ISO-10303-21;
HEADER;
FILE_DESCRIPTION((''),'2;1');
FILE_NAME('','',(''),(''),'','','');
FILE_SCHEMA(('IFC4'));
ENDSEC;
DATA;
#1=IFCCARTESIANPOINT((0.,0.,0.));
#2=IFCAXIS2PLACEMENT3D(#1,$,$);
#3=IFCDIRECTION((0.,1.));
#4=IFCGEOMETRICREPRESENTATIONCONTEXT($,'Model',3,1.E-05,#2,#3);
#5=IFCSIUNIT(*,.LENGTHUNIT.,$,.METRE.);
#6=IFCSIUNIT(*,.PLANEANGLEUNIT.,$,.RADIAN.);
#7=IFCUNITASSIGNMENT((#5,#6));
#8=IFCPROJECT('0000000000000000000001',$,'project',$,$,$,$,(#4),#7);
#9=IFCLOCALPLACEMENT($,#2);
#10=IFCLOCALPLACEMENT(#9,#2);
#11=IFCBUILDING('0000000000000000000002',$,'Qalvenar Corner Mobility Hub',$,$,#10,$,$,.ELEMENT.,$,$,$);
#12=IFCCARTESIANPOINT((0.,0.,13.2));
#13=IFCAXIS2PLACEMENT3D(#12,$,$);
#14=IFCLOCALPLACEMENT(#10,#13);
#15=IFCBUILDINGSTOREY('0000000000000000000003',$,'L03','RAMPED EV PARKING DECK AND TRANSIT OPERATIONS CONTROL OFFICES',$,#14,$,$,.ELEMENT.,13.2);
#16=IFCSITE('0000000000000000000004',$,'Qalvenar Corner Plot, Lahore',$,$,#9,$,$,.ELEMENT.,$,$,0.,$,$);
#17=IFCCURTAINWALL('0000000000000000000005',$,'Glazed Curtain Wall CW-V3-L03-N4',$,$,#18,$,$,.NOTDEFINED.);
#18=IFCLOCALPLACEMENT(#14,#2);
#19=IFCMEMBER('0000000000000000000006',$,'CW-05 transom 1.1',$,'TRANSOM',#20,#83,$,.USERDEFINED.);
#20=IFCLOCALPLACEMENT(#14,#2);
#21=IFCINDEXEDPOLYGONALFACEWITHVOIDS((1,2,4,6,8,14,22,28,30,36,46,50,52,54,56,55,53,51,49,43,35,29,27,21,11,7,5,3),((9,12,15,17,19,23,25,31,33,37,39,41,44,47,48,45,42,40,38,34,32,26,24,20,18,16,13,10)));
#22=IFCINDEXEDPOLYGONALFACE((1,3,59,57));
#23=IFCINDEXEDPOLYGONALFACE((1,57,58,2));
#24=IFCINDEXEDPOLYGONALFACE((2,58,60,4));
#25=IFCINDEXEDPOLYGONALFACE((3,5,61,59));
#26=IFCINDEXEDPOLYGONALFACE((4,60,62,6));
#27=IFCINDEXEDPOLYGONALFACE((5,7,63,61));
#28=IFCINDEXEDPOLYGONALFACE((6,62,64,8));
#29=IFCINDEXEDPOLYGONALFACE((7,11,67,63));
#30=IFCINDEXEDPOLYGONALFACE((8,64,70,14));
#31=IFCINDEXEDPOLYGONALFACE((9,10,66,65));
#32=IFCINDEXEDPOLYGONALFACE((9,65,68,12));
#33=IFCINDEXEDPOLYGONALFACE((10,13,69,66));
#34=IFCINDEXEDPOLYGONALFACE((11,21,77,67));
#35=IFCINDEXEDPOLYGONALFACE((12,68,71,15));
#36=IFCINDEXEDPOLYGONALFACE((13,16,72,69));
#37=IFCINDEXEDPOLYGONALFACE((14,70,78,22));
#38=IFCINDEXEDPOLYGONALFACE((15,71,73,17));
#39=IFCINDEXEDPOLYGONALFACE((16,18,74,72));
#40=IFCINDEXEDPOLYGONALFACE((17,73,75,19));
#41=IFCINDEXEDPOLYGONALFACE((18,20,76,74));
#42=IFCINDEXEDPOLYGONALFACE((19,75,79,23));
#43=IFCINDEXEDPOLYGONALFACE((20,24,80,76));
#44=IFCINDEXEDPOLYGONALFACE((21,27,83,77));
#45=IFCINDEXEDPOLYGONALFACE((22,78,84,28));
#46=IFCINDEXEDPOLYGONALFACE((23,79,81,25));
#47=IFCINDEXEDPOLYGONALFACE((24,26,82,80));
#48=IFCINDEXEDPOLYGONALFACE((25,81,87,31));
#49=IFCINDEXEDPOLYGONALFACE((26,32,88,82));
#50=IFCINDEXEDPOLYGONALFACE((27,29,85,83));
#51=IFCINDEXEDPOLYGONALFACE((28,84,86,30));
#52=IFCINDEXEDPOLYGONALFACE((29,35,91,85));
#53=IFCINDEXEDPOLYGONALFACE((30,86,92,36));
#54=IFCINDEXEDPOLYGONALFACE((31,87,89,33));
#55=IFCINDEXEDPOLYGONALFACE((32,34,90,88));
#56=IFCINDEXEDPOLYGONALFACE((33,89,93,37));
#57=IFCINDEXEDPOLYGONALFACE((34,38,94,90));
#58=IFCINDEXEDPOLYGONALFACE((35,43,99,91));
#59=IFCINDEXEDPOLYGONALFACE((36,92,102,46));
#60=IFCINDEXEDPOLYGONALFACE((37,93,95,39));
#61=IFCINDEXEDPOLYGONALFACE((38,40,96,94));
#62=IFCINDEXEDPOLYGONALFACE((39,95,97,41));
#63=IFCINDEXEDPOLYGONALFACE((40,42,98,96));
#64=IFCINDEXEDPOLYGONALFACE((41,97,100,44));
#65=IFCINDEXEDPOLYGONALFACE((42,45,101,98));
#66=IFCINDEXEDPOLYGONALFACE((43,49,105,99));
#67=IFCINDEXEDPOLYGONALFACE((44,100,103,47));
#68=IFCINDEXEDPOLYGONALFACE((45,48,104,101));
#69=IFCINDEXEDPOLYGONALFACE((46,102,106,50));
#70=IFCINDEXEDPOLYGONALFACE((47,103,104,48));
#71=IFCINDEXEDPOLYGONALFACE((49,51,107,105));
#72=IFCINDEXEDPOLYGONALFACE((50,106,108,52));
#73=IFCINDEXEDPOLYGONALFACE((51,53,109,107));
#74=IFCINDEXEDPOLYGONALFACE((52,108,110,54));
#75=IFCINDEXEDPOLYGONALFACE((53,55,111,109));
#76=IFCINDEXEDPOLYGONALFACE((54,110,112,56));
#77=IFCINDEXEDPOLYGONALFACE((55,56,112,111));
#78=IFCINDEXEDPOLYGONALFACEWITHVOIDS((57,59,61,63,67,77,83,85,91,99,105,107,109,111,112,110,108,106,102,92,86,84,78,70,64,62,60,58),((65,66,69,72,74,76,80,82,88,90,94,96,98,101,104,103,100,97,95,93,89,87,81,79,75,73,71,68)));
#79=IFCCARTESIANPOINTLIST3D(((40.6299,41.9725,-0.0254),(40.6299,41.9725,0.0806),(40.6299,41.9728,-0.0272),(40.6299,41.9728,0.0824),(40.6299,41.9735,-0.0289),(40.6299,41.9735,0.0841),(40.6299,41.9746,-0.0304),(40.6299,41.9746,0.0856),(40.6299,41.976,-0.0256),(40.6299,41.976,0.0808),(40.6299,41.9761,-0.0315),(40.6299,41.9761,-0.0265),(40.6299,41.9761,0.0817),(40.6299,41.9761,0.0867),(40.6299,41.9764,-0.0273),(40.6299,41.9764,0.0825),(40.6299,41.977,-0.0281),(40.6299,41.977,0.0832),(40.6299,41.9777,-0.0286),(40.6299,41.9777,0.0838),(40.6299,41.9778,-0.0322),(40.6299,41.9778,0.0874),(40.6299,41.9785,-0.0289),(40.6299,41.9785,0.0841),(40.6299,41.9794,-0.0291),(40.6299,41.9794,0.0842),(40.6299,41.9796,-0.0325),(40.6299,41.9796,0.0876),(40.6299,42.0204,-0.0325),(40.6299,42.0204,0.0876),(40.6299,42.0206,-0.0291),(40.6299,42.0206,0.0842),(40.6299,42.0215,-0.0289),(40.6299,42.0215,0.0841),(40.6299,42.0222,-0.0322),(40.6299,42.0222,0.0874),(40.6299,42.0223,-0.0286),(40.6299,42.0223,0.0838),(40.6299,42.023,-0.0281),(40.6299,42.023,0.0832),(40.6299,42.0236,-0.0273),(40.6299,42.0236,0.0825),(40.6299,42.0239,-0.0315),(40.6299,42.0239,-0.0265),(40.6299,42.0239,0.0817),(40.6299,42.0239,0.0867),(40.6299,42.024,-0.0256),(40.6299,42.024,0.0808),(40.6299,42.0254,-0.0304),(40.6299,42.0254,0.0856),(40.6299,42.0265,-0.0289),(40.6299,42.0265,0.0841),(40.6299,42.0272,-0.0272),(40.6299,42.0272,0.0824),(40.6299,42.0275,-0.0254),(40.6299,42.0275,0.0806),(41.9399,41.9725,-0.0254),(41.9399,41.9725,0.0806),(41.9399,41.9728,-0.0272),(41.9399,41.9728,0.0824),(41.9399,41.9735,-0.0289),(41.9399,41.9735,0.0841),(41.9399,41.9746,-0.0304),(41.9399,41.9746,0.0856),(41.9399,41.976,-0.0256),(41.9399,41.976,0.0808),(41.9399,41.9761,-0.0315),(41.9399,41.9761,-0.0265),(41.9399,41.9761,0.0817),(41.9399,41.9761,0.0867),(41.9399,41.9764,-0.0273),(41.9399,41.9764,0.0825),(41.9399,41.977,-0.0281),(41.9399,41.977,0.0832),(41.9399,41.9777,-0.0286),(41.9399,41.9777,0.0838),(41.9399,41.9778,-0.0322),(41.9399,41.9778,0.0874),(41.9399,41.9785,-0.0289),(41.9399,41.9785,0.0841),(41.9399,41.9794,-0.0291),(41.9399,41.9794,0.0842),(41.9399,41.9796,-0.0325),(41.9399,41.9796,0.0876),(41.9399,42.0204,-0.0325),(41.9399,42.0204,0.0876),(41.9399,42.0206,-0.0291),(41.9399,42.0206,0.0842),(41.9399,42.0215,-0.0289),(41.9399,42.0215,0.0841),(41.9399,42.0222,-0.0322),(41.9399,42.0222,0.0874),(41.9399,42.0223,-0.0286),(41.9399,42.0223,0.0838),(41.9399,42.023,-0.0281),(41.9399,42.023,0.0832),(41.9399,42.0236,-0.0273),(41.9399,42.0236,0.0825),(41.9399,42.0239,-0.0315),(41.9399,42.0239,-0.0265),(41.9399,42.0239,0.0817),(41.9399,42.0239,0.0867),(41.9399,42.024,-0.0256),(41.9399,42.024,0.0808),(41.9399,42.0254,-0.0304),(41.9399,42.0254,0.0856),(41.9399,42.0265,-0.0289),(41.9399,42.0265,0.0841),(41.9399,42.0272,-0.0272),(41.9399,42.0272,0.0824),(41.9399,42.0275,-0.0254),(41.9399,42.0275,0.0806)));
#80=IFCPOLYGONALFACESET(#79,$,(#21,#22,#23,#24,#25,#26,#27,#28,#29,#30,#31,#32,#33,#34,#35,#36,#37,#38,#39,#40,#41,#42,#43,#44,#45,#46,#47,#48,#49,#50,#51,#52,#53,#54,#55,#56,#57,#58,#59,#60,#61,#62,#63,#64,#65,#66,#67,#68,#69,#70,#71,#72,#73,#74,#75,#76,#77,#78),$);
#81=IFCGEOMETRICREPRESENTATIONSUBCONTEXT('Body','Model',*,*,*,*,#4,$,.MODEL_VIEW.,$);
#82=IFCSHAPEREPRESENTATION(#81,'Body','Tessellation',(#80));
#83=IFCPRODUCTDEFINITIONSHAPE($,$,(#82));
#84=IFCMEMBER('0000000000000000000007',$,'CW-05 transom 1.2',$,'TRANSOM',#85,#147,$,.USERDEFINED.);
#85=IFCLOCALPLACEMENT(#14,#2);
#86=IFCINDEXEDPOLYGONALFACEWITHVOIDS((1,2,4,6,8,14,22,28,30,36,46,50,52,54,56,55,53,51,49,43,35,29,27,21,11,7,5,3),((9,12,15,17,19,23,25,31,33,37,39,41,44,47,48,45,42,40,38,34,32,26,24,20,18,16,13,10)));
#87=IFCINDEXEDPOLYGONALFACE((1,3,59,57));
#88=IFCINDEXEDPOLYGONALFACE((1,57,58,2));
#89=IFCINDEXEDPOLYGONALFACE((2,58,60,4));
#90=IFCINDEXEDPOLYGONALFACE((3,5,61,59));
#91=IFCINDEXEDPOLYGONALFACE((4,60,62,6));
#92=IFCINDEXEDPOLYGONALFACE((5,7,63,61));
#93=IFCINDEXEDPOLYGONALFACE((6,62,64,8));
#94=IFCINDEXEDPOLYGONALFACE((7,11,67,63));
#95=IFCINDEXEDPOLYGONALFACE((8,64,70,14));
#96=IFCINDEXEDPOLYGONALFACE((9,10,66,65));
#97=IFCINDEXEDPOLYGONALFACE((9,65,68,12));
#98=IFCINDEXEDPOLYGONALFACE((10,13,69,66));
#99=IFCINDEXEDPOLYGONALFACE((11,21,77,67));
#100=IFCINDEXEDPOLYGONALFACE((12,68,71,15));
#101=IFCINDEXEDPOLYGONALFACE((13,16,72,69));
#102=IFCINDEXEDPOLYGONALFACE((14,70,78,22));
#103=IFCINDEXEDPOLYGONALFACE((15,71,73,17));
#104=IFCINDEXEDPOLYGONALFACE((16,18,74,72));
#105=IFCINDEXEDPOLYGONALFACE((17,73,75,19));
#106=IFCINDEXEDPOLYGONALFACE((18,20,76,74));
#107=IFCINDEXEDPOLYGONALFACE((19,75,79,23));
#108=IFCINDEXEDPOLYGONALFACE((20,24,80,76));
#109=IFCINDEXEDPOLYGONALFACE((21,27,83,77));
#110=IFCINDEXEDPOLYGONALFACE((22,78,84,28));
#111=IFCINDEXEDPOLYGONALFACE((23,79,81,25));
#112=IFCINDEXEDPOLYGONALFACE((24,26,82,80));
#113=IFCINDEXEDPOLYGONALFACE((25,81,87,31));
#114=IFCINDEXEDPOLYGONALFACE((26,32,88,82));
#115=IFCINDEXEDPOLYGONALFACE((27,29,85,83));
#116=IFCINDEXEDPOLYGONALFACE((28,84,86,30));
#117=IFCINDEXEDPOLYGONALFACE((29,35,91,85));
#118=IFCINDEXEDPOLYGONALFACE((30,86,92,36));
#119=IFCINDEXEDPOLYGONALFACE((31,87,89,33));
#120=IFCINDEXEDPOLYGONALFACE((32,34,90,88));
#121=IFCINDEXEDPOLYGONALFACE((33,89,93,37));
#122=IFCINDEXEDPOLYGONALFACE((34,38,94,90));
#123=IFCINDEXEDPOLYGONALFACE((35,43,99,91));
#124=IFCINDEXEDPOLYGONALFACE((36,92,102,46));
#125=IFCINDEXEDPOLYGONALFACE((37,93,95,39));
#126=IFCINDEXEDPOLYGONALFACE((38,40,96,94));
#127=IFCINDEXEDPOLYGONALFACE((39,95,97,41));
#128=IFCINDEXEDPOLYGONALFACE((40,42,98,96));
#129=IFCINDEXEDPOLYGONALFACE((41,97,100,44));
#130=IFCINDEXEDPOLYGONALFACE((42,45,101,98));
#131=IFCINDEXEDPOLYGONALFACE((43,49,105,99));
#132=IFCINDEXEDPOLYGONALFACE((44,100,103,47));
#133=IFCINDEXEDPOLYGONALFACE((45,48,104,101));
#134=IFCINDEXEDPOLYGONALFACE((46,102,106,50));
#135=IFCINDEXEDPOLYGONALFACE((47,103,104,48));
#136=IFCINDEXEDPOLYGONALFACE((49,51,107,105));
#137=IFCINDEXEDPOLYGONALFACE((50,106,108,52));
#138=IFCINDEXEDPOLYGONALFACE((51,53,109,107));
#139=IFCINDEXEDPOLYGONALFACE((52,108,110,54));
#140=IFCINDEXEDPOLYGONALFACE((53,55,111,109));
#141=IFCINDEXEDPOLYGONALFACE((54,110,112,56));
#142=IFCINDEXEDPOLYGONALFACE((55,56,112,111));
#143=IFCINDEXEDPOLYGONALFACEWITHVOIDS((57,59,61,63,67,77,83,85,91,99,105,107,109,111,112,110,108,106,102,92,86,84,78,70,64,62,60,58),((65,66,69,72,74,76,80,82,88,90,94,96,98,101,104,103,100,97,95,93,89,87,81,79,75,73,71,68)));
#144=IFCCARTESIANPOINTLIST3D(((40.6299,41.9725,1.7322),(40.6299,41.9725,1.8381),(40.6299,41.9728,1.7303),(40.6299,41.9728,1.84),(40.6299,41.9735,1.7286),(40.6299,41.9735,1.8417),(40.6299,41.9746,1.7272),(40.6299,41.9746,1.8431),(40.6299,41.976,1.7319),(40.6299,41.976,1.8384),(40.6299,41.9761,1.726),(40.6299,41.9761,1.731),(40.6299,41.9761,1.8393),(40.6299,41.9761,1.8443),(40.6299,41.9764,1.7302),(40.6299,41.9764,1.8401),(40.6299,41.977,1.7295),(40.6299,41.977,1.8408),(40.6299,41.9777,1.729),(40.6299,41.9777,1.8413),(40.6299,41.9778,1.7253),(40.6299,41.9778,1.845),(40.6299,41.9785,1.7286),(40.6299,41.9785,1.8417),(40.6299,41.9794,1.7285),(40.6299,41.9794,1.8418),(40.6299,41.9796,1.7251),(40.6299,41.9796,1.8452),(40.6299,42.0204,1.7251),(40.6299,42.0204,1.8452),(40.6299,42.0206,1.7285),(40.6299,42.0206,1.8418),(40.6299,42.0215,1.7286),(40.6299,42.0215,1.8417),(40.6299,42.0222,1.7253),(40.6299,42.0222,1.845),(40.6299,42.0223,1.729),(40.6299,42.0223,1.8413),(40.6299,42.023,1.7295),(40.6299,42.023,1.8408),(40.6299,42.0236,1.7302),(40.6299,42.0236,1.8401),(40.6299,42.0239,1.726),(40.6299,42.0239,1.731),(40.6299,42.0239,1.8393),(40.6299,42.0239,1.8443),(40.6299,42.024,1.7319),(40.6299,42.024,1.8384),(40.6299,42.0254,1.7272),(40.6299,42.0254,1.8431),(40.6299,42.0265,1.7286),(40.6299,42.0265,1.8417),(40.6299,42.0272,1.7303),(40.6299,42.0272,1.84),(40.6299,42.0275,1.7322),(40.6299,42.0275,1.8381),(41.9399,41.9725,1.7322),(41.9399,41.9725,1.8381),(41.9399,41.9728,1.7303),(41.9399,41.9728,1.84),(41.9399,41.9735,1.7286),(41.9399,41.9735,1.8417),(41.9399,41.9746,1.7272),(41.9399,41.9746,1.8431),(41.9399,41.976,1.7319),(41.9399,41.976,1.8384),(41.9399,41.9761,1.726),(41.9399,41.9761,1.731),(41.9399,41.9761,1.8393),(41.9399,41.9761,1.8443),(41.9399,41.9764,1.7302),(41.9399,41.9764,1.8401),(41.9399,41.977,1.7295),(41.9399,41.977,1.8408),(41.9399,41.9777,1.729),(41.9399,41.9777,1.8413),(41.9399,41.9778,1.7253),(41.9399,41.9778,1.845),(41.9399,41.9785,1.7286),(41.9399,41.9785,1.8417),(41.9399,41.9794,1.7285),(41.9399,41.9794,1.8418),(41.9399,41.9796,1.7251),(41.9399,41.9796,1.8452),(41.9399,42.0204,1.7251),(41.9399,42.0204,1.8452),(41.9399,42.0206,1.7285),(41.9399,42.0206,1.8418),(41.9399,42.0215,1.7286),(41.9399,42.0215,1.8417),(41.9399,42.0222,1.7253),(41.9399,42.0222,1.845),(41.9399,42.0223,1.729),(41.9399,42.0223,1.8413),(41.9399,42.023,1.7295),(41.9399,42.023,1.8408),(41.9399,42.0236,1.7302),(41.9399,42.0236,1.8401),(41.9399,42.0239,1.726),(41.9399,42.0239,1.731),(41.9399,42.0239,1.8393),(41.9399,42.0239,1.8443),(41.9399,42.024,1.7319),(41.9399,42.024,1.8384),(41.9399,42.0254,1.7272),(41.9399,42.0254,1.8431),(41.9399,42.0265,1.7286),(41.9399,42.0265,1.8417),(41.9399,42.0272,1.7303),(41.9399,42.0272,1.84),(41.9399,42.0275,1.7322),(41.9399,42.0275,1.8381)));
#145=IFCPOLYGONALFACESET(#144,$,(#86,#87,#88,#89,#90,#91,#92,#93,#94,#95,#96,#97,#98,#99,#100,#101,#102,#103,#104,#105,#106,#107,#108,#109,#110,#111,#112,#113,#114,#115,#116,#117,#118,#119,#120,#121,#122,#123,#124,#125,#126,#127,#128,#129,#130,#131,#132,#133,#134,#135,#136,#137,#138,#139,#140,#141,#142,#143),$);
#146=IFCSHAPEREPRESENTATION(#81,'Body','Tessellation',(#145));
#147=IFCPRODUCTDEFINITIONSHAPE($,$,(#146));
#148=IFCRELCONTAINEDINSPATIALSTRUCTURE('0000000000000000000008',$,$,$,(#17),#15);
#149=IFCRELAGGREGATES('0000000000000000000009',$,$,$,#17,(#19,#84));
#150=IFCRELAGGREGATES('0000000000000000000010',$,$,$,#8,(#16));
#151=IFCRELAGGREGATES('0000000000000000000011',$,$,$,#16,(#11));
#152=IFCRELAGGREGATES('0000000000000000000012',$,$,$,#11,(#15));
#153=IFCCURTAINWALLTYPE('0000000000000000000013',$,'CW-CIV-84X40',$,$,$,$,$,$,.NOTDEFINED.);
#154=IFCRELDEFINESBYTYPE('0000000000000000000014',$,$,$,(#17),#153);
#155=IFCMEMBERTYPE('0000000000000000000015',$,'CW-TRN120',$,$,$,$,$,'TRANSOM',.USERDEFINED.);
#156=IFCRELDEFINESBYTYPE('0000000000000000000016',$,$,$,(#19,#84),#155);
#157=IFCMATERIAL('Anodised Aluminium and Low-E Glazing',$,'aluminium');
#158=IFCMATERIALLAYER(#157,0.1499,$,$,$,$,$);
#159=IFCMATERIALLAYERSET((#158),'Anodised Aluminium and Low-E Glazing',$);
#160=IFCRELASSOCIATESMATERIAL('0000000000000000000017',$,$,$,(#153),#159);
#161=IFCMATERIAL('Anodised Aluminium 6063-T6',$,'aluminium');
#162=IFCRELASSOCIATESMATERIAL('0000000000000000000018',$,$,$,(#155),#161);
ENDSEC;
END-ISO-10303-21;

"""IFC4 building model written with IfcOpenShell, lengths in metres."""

from ifc_helpers import new_model, si_unit, direction, frame, origin, origin_2d, place, context, subcontext, project, spatial, hollow_rectangle, extrude, material, layer, layer_set, material_profile, profile_set, type_object, element, aggregate, save


model = new_model("IFC4")

# Units and contexts
model_context = context("Model", 3, precision=1e-05, world=origin(), true_north=direction((0.0, 1.0)))
body_context = subcontext(model_context, "Body", "Model", "MODEL_VIEW")
ifc_project = project(units=[si_unit("LENGTHUNIT", "METRE"), si_unit("PLANEANGLEUNIT", "RADIAN")], contexts=[model_context])

# Site, building, storey
site_placement = place(None, origin())
site = spatial("IfcSite", under=ifc_project, at=site_placement, Name="Qalvenar Corner Plot, Lahore", CompositionType="ELEMENT", RefElevation=0.0)
building_placement = place(site_placement, origin())
building = spatial("IfcBuilding", under=site, at=building_placement, Name="Qalvenar Corner Mobility Hub", CompositionType="ELEMENT")
storey_placement = place(building_placement, frame((0.0, 0.0, 13.2)))
storey = spatial("IfcBuildingStorey", under=building, at=storey_placement, Name="L03", Description="RAMPED EV PARKING DECK AND TRANSIT OPERATIONS CONTROL OFFICES", CompositionType="ELEMENT", Elevation=13.2)

# Curtain wall, members
ifc_material_1 = material(Name="Anodised Aluminium and Low-E Glazing", Category="aluminium")
ifc_layer_1 = layer(ifc_material_1, 0.1499)
ifc_layer_set_1 = layer_set([ifc_layer_1], Name="Anodised Aluminium and Low-E Glazing")
curtain_wall_type = type_object("IfcCurtainWallType", Name="CW-CIV-84X40", PredefinedType="NOTDEFINED", material=ifc_layer_set_1)
curtain_wall_placement = place(storey_placement, origin())
curtain_wall = element("IfcCurtainWall", 1, at=curtain_wall_placement, inside=storey, type_object=curtain_wall_type, Name="Glazed Curtain Wall CW-V3-L03-N4", PredefinedType="NOTDEFINED")
ifc_material_2 = material(Name="Anodised Aluminium 6063-T6", Category="aluminium")
ifc_material_profile_1 = material_profile(ifc_material_2, hollow_rectangle(XDim=0.0549, YDim=0.1201, WallThickness=0.0034, InnerFilletRadius=0.0034, OuterFilletRadius=0.0071, at=origin_2d()), Name="RHS120x55x3.5")
ifc_profile_set_1 = profile_set([ifc_material_profile_1], Name="Anodised Aluminium 6063-T6")
member_type_1 = type_object("IfcMemberType", Name="CW-TRN120", ElementType="TRANSOM", PredefinedType="USERDEFINED", material=ifc_profile_set_1)
member_1_placement = place(storey_placement, frame((41.9399, 42.0, 0.0276), z_axis=(-1.0, 0.0, 0.0), x_axis=(0.0, -1.0, 0.0)))
member_1 = element("IfcMember", 2, at=member_1_placement, type_object=member_type_1, Name="CW-05 transom 1.1", ObjectType="TRANSOM", PredefinedType="USERDEFINED", context=body_context, shape_type="SweptSolid", body=[
    extrude(hollow_rectangle(XDim=0.0549, YDim=0.1201, WallThickness=0.0034, InnerFilletRadius=0.0034, OuterFilletRadius=0.0071, at=origin_2d()), origin(), (0.0, 0.0, 1.0), 1.3101),
])
member_2_placement = place(storey_placement, frame((41.9399, 42.0, 1.7852), z_axis=(-1.0, 0.0, 0.0), x_axis=(0.0, -1.0, 0.0)))
member_2 = element("IfcMember", 3, at=member_2_placement, type_object=member_type_1, Name="CW-05 transom 1.2", ObjectType="TRANSOM", PredefinedType="USERDEFINED", context=body_context, shape_type="SweptSolid", body=[
    extrude(hollow_rectangle(XDim=0.0549, YDim=0.1201, WallThickness=0.0034, InnerFilletRadius=0.0034, OuterFilletRadius=0.0071, at=origin_2d()), origin(), (0.0, 0.0, 1.0), 1.3101),
])

aggregate(curtain_wall, [member_1, member_2])

save(model, "model.ifc")
